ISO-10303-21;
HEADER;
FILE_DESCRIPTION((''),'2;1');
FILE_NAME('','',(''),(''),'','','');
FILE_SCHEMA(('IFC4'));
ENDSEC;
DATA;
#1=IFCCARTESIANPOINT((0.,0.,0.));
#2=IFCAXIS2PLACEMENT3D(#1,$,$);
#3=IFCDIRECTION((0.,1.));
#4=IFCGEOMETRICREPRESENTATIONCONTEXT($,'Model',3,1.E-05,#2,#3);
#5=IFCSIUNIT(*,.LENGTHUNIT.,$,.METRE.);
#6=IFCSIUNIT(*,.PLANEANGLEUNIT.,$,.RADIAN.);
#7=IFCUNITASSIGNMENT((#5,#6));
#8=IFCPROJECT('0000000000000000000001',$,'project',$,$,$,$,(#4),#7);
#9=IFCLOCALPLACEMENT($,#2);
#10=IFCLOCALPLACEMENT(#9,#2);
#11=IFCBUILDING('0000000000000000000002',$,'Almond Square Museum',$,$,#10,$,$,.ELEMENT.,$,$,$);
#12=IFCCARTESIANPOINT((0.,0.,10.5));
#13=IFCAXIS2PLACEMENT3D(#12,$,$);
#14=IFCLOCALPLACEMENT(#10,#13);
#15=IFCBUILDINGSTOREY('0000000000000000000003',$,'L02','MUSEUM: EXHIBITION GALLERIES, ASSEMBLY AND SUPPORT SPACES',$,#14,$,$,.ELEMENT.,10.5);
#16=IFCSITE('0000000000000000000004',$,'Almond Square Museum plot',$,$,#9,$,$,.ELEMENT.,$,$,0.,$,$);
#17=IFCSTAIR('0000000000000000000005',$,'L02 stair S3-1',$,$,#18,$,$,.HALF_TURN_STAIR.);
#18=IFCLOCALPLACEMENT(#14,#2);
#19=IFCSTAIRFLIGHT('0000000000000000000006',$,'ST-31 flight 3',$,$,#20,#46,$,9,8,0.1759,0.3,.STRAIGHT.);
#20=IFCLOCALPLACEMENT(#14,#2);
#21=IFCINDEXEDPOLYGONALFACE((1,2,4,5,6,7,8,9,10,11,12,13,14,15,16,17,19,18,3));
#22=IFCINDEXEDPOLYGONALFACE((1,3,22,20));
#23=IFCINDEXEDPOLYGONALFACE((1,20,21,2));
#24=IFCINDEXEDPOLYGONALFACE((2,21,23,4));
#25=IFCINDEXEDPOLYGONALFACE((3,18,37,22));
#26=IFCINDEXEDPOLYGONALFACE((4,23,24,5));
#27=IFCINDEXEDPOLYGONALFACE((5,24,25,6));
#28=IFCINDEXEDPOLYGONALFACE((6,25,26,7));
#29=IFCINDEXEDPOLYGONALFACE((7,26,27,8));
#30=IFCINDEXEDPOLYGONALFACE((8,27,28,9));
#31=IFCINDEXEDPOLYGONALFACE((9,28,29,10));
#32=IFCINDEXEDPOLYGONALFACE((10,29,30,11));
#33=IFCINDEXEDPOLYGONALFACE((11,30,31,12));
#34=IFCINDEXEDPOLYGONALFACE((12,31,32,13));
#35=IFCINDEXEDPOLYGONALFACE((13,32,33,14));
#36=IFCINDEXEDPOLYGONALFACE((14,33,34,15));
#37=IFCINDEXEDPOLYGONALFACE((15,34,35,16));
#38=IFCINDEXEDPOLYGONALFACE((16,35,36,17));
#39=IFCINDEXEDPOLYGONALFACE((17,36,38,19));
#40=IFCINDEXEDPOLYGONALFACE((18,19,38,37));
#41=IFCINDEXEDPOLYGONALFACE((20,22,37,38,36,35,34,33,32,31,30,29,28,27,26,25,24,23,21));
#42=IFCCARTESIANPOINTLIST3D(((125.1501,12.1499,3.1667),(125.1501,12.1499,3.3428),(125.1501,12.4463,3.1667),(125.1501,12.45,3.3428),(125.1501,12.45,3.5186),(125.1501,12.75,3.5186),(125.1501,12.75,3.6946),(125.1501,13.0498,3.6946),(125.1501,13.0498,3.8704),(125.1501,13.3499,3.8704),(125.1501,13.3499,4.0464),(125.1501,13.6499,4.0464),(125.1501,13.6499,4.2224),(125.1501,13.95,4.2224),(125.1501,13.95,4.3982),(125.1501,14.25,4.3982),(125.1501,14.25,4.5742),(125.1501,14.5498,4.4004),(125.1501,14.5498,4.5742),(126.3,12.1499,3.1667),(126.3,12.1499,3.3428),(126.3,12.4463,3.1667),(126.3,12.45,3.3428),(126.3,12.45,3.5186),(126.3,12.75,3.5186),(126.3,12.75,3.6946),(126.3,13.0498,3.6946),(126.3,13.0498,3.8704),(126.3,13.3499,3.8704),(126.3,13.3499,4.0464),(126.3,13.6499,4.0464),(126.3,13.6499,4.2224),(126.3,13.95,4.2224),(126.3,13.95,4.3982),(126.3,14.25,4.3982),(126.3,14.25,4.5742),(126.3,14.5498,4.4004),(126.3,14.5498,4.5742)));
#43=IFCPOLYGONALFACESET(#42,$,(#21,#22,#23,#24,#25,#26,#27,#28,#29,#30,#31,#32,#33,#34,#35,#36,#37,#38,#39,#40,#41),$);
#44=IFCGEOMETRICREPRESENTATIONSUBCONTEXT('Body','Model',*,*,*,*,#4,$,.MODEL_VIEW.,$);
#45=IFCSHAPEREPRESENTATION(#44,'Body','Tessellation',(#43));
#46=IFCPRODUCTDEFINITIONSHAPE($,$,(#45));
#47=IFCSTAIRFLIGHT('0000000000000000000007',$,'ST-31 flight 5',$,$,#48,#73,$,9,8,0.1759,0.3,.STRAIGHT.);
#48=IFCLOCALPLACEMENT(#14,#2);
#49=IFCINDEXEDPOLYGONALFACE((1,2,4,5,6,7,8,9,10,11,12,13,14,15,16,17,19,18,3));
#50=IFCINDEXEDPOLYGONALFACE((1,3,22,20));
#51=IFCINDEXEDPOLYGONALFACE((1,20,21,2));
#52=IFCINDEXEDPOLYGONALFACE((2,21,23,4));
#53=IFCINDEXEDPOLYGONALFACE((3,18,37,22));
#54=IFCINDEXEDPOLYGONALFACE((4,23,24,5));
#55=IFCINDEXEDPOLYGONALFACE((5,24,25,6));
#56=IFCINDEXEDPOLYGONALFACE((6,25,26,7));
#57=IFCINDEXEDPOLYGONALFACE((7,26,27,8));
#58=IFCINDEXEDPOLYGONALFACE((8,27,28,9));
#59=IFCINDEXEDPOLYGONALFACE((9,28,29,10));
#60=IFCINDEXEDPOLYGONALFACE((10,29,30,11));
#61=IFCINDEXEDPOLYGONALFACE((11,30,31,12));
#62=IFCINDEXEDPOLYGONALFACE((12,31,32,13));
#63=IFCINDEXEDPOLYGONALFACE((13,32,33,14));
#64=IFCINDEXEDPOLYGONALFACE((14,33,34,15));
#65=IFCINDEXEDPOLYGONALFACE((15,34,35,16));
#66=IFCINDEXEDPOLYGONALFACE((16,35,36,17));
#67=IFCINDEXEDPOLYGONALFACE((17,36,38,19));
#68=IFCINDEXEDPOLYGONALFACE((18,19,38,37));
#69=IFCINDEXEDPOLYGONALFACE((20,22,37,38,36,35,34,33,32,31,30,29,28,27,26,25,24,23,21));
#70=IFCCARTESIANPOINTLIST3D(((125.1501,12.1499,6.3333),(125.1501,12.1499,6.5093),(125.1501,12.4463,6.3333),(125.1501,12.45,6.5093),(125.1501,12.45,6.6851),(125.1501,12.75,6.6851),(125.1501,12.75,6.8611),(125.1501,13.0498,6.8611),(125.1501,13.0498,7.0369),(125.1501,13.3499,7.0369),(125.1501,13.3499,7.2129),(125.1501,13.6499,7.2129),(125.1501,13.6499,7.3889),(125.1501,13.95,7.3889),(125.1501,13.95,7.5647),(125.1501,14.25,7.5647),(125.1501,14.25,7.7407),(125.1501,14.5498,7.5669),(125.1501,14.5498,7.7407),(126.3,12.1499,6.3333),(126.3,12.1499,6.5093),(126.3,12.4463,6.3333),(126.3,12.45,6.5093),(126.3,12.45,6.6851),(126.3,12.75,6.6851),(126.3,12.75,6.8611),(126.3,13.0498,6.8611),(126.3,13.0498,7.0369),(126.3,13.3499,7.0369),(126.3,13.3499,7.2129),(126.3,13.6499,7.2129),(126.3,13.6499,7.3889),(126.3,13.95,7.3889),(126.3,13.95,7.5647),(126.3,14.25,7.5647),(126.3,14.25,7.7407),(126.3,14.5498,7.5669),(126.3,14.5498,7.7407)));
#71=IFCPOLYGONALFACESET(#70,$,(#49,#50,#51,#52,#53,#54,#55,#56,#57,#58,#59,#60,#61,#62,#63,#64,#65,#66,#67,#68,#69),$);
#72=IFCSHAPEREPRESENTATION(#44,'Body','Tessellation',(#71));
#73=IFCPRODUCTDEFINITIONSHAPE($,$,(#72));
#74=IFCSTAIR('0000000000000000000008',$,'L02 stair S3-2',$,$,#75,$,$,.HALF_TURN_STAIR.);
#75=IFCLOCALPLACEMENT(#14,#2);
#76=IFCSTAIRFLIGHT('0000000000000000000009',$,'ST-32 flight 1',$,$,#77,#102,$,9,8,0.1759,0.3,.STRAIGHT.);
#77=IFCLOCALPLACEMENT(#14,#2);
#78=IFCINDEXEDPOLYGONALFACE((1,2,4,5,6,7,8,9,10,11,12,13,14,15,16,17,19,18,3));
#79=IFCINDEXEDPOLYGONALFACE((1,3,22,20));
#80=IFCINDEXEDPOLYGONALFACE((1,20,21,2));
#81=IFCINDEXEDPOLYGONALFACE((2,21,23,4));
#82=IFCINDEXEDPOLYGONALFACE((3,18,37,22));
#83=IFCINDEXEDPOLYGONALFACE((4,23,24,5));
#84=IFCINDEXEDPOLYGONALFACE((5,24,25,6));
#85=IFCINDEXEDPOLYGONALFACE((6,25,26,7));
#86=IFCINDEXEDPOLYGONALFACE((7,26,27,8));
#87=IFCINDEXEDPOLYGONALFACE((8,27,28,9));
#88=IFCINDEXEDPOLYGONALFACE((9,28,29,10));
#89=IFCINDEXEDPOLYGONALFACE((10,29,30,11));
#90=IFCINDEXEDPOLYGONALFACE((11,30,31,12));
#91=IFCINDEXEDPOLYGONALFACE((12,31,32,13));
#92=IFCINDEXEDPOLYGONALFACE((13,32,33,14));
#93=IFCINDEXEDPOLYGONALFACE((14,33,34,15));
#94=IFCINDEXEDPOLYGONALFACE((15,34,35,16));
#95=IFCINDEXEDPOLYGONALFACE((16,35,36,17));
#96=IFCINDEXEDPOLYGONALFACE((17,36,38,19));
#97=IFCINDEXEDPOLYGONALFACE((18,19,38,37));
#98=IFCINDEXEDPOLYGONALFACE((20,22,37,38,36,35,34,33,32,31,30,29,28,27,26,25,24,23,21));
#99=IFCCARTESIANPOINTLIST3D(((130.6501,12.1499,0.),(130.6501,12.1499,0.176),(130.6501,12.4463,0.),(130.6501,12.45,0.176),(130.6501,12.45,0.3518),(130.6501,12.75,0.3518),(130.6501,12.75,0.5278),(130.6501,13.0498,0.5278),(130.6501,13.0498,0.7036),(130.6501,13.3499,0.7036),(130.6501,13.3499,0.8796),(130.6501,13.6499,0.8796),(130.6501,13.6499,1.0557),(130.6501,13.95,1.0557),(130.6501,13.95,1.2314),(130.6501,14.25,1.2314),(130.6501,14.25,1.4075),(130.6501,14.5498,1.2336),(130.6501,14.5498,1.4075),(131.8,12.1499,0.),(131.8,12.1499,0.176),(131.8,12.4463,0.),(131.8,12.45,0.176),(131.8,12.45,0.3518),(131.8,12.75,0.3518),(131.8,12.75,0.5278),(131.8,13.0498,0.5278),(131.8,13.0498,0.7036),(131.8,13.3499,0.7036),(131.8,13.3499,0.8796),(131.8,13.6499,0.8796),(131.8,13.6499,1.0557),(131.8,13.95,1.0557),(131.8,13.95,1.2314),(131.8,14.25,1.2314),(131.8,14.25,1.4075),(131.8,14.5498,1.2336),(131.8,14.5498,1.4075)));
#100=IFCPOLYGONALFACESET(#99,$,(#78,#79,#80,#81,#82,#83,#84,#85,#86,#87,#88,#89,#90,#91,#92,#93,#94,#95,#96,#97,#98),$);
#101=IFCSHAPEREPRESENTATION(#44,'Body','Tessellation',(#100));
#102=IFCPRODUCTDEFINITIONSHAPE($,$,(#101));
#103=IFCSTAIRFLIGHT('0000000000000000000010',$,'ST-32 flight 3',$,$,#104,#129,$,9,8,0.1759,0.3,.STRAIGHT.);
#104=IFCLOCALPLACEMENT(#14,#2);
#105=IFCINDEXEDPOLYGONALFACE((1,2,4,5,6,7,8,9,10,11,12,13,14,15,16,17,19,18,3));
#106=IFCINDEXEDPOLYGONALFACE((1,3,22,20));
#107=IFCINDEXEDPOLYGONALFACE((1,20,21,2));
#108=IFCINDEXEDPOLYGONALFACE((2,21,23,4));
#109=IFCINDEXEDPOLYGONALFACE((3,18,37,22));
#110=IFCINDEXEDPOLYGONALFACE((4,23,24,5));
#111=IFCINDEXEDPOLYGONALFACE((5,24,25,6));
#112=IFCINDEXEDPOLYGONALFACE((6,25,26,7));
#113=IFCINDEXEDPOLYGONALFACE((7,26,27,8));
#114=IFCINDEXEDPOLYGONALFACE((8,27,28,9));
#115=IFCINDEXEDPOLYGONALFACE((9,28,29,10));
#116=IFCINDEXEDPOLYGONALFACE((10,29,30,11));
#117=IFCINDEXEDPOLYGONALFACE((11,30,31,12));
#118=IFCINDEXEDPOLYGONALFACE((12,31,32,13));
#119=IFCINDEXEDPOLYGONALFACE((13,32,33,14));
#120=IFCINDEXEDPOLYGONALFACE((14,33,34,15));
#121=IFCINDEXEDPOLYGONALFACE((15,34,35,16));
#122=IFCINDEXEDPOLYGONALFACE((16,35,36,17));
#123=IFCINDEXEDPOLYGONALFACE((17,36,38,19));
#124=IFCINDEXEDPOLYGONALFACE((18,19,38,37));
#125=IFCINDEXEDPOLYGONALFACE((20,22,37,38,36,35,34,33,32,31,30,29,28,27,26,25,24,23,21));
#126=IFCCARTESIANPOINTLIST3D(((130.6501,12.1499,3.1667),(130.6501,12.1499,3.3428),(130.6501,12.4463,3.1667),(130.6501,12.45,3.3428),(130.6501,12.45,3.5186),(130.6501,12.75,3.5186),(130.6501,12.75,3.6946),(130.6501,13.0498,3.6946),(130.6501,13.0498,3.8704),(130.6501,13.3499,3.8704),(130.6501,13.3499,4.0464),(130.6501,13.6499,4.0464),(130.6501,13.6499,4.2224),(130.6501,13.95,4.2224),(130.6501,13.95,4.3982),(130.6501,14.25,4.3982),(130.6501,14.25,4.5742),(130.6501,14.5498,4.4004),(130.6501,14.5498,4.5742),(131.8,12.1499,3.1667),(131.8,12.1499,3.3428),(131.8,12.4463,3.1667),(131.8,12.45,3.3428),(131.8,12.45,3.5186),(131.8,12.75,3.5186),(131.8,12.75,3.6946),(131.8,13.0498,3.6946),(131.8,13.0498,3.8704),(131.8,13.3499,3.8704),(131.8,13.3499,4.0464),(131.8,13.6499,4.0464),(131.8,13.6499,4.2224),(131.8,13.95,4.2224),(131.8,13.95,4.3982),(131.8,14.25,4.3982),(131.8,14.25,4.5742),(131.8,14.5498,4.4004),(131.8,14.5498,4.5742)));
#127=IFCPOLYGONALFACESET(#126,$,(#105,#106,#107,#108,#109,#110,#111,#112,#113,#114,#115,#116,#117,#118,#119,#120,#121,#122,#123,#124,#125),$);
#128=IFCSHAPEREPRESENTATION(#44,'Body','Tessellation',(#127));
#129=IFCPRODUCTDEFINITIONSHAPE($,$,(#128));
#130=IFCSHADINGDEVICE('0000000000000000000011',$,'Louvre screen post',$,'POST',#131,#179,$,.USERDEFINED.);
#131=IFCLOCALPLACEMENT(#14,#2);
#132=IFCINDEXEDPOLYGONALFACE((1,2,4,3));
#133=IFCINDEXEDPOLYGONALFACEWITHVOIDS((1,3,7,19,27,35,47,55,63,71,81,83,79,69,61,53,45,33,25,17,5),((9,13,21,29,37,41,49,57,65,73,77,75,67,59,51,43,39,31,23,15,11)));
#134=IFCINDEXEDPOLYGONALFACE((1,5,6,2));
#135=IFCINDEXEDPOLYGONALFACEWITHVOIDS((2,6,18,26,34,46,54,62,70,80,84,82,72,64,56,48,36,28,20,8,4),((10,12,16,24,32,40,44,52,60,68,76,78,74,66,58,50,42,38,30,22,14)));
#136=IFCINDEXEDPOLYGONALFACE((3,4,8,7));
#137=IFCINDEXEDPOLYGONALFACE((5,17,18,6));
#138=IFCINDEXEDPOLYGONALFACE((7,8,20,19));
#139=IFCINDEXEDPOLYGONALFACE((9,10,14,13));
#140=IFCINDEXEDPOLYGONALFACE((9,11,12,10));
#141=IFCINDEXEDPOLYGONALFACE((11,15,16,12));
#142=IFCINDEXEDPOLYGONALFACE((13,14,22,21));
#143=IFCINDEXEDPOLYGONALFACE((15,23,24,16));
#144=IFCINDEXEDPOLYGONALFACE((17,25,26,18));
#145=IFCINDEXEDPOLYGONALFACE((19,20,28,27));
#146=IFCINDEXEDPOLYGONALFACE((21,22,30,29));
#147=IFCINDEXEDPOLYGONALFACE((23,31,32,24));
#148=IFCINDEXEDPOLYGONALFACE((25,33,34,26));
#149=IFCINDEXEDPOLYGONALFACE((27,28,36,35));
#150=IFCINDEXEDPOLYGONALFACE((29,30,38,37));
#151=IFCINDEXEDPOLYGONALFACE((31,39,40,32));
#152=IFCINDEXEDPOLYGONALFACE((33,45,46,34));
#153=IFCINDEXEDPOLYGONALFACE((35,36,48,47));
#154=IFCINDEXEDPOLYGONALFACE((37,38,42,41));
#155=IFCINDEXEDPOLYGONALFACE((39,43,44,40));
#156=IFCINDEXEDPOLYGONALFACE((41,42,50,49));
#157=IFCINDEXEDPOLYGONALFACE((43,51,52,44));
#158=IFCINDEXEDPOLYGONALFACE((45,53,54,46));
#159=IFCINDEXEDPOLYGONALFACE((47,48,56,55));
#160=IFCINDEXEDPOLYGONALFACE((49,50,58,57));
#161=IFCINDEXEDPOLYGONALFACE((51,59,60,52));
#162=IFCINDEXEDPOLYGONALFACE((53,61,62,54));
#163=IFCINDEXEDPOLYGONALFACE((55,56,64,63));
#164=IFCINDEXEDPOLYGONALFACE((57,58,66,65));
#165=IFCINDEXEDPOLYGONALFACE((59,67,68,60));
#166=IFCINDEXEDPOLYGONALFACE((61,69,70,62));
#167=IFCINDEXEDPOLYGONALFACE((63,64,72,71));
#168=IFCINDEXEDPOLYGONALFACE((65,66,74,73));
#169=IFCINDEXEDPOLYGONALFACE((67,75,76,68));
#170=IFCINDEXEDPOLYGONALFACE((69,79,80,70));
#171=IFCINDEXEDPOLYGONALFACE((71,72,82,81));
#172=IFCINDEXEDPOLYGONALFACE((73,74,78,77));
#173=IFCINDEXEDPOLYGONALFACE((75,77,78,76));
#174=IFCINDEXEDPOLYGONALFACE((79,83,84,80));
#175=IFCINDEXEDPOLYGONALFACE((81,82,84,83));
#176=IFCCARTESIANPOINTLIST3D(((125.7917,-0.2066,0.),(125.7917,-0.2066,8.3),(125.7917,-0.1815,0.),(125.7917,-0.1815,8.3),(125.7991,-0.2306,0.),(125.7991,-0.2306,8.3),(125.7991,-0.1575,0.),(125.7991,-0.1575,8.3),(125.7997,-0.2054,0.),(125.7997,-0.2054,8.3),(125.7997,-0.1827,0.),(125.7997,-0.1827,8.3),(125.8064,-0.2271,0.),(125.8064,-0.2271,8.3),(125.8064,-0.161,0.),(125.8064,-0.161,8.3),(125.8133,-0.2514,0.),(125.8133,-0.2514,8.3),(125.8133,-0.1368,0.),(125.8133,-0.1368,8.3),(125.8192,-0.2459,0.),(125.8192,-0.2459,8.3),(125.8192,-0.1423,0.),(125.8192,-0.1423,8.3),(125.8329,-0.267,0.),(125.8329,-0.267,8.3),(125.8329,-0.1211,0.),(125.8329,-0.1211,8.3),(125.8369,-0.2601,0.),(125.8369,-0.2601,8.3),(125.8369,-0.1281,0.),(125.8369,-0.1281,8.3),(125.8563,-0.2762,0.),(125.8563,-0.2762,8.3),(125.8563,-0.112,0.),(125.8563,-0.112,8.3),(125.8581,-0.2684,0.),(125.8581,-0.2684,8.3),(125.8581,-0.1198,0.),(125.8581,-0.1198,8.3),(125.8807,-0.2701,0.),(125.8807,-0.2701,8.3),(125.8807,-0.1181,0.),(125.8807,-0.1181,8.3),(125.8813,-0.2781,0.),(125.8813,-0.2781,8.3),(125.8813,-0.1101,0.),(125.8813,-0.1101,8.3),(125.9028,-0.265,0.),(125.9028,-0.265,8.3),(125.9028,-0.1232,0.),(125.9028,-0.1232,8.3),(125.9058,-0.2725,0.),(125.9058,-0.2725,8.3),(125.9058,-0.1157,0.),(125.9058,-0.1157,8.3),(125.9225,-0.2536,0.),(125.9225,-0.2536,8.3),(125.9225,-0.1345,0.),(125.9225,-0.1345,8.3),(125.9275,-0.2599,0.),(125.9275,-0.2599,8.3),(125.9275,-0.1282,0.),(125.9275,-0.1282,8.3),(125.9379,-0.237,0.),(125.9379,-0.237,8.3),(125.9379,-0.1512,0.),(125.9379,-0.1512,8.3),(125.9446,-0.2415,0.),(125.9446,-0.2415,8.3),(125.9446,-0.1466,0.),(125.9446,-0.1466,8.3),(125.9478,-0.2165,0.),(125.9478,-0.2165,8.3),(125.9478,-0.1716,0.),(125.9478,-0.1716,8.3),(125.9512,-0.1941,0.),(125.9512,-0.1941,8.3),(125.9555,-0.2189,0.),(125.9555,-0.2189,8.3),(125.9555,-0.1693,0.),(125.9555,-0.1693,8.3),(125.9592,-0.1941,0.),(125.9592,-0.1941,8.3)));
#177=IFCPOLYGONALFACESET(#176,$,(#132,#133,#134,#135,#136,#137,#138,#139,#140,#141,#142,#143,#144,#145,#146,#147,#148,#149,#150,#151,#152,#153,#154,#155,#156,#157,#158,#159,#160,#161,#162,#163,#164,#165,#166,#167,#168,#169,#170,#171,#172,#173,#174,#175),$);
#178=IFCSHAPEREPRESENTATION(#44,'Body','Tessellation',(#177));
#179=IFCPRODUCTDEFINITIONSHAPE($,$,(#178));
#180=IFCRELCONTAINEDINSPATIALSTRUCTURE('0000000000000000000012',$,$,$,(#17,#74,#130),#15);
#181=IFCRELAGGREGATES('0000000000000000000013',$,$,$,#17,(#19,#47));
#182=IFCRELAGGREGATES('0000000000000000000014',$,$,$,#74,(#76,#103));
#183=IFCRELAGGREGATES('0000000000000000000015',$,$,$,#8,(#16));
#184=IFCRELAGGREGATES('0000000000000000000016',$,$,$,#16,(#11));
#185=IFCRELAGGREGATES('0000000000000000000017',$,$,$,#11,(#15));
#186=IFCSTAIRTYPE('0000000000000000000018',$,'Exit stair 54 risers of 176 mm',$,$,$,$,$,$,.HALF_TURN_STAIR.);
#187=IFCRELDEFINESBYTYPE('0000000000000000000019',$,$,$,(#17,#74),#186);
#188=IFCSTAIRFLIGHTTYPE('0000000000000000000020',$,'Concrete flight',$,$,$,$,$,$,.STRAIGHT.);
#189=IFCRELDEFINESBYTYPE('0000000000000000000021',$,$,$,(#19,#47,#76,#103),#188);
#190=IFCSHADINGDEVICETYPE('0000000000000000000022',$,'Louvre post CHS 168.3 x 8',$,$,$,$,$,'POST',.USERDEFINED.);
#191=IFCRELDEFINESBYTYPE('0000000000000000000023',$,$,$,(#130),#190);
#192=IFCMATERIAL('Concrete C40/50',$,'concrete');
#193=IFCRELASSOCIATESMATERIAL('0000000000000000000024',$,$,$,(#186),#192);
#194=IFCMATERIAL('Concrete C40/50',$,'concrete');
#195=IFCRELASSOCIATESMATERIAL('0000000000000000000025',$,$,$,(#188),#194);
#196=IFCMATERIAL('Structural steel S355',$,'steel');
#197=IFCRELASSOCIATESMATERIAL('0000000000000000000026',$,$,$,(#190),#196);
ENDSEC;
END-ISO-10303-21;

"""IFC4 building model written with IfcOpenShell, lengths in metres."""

from ifc_helpers import new_model, si_unit, direction, frame, origin, origin_2d, place, context, subcontext, project, spatial, polyline, hollow_circle, outline, extrude, material, material_profile, profile_set, type_object, element, aggregate, save


model = new_model("IFC4")

# Units and contexts
model_context = context("Model", 3, precision=1e-05, world=origin(), true_north=direction((0.0, 1.0)))
body_context = subcontext(model_context, "Body", "Model", "MODEL_VIEW")
ifc_project = project(units=[si_unit("LENGTHUNIT", "METRE"), si_unit("PLANEANGLEUNIT", "RADIAN")], contexts=[model_context])

# Site, building, storey
site_placement = place(None, origin())
site = spatial("IfcSite", under=ifc_project, at=site_placement, Name="Almond Square Museum plot", CompositionType="ELEMENT", RefElevation=0.0)
building_placement = place(site_placement, origin())
building = spatial("IfcBuilding", under=site, at=building_placement, Name="Almond Square Museum", CompositionType="ELEMENT")
storey_placement = place(building_placement, frame((0.0, 0.0, 10.5)))
storey = spatial("IfcBuildingStorey", under=building, at=storey_placement, Name="L02", Description="MUSEUM: EXHIBITION GALLERIES, ASSEMBLY AND SUPPORT SPACES", CompositionType="ELEMENT", Elevation=10.5)

# Stairs, stair flights
ifc_material_1 = material(Name="Concrete C40/50", Category="concrete")
stair_type = type_object("IfcStairType", Name="Exit stair 54 risers of 176 mm", PredefinedType="HALF_TURN_STAIR", material=ifc_material_1)
stair_1_placement = place(storey_placement, origin())
stair_1 = element("IfcStair", 1, at=stair_1_placement, inside=storey, type_object=stair_type, Name="L02 stair S3-1", PredefinedType="HALF_TURN_STAIR")
ifc_material_2 = material(Name="Concrete C40/50", Category="concrete")
stair_flight_type = type_object("IfcStairFlightType", Name="Concrete flight", PredefinedType="STRAIGHT", material=ifc_material_2)
stair_flight_1_placement = place(storey_placement, frame((125.7251, 12.1499, 3.1667), z_axis=(0.0, 0.0, 1.0), x_axis=(0.0, 1.0, 0.0)))
stair_flight_1 = element("IfcStairFlight", 2, at=stair_flight_1_placement, type_object=stair_flight_type, Name="ST-31 flight 3", NumberOfRisers=9, NumberOfTreads=8, PredefinedType="STRAIGHT", RiserHeight=0.1759, TreadLength=0.3, context=body_context, shape_type="SweptSolid", body=[
    extrude(outline(polyline([(0.0, 0.0), (0.0, 0.176), (0.3, 0.176), (0.3, 0.3518), (0.6001, 0.3518), (0.6001, 0.5278), (0.8999, 0.5278), (0.8999, 0.7036), (1.2, 0.7036), (1.2, 0.8796), (1.5, 0.8796), (1.5, 1.0557), (1.8, 1.0557), (1.8, 1.2314), (2.1001, 1.2314), (2.1001, 1.4075), (2.3999, 1.4075), (2.3999, 1.5833), (2.3999, 1.2336), (0.2964, 0.0), (0.0, 0.0)])), frame((0.0, 0.575, 0.0), z_axis=(0.0, -1.0, 0.0), x_axis=(1.0, 0.0, 0.0)), (0.0, 0.0, 1.0), 1.1499),
])
stair_flight_2_placement = place(storey_placement, frame((125.7251, 12.1499, 6.3333), z_axis=(0.0, 0.0, 1.0), x_axis=(0.0, 1.0, 0.0)))
stair_flight_2 = element("IfcStairFlight", 3, at=stair_flight_2_placement, type_object=stair_flight_type, Name="ST-31 flight 5", NumberOfRisers=9, NumberOfTreads=8, PredefinedType="STRAIGHT", RiserHeight=0.1759, TreadLength=0.3, context=body_context, shape_type="SweptSolid", body=[
    extrude(outline(polyline([(0.0, 0.0), (0.0, 0.176), (0.3, 0.176), (0.3, 0.3518), (0.6001, 0.3518), (0.6001, 0.5278), (0.8999, 0.5278), (0.8999, 0.7036), (1.2, 0.7036), (1.2, 0.8796), (1.5, 0.8796), (1.5, 1.0557), (1.8, 1.0557), (1.8, 1.2314), (2.1001, 1.2314), (2.1001, 1.4075), (2.3999, 1.4075), (2.3999, 1.5833), (2.3999, 1.2336), (0.2964, 0.0), (0.0, 0.0)])), frame((0.0, 0.575, 0.0), z_axis=(0.0, -1.0, 0.0), x_axis=(1.0, 0.0, 0.0)), (0.0, 0.0, 1.0), 1.1499),
])
aggregate(stair_1, [stair_flight_1, stair_flight_2])
stair_2_placement = place(storey_placement, origin())
stair_2 = element("IfcStair", 4, at=stair_2_placement, inside=storey, type_object=stair_type, Name="L02 stair S3-2", PredefinedType="HALF_TURN_STAIR")
stair_flight_3_placement = place(storey_placement, frame((131.2251, 12.1499, 0.0), z_axis=(0.0, 0.0, 1.0), x_axis=(0.0, 1.0, 0.0)))
stair_flight_3 = element("IfcStairFlight", 5, at=stair_flight_3_placement, type_object=stair_flight_type, Name="ST-32 flight 1", NumberOfRisers=9, NumberOfTreads=8, PredefinedType="STRAIGHT", RiserHeight=0.1759, TreadLength=0.3, context=body_context, shape_type="SweptSolid", body=[
    extrude(outline(polyline([(0.0, 0.0), (0.0, 0.176), (0.3, 0.176), (0.3, 0.3518), (0.6001, 0.3518), (0.6001, 0.5278), (0.8999, 0.5278), (0.8999, 0.7036), (1.2, 0.7036), (1.2, 0.8796), (1.5, 0.8796), (1.5, 1.0557), (1.8, 1.0557), (1.8, 1.2314), (2.1001, 1.2314), (2.1001, 1.4075), (2.3999, 1.4075), (2.3999, 1.5833), (2.3999, 1.2336), (0.2964, 0.0), (0.0, 0.0)])), frame((0.0, 0.575, 0.0), z_axis=(0.0, -1.0, 0.0), x_axis=(1.0, 0.0, 0.0)), (0.0, 0.0, 1.0), 1.1499),
])
stair_flight_4_placement = place(storey_placement, frame((131.2251, 12.1499, 3.1667), z_axis=(0.0, 0.0, 1.0), x_axis=(0.0, 1.0, 0.0)))
stair_flight_4 = element("IfcStairFlight", 6, at=stair_flight_4_placement, type_object=stair_flight_type, Name="ST-32 flight 3", NumberOfRisers=9, NumberOfTreads=8, PredefinedType="STRAIGHT", RiserHeight=0.1759, TreadLength=0.3, context=body_context, shape_type="SweptSolid", body=[
    extrude(outline(polyline([(0.0, 0.0), (0.0, 0.176), (0.3, 0.176), (0.3, 0.3518), (0.6001, 0.3518), (0.6001, 0.5278), (0.8999, 0.5278), (0.8999, 0.7036), (1.2, 0.7036), (1.2, 0.8796), (1.5, 0.8796), (1.5, 1.0557), (1.8, 1.0557), (1.8, 1.2314), (2.1001, 1.2314), (2.1001, 1.4075), (2.3999, 1.4075), (2.3999, 1.5833), (2.3999, 1.2336), (0.2964, 0.0), (0.0, 0.0)])), frame((0.0, 0.575, 0.0), z_axis=(0.0, -1.0, 0.0), x_axis=(1.0, 0.0, 0.0)), (0.0, 0.0, 1.0), 1.1499),
])
aggregate(stair_2, [stair_flight_3, stair_flight_4])

# Shading device
ifc_material_3 = material(Name="Structural steel S355", Category="steel")
ifc_material_profile_1 = material_profile(ifc_material_3, hollow_circle(Radius=0.0842, WallThickness=0.0081, at=origin_2d()))
ifc_profile_set_1 = profile_set([ifc_material_profile_1], Name="Structural steel S355")
shading_device_type_1 = type_object("IfcShadingDeviceType", Name="Louvre post CHS 168.3 x 8", ElementType="POST", PredefinedType="USERDEFINED", material=ifc_profile_set_1)
for number, where, z_axis, x_axis, name in (
    (7, (125.875, -0.1941, 0.0), (0.0, 0.0, 1.0), (1.0, 0.0, 0.0), "Louvre screen post"),
):
    element("IfcShadingDevice", number, at=place(storey_placement, frame(where, z_axis=z_axis, x_axis=x_axis)), inside=storey, type_object=shading_device_type_1, Name=name, ObjectType="POST", PredefinedType="USERDEFINED", context=body_context, shape_type="SweptSolid", body=[
        extrude(hollow_circle(Radius=0.0842, WallThickness=0.0081, at=origin_2d()), origin(), (0.0, 0.0, 1.0), 8.3),
    ])

save(model, "model.ifc")
